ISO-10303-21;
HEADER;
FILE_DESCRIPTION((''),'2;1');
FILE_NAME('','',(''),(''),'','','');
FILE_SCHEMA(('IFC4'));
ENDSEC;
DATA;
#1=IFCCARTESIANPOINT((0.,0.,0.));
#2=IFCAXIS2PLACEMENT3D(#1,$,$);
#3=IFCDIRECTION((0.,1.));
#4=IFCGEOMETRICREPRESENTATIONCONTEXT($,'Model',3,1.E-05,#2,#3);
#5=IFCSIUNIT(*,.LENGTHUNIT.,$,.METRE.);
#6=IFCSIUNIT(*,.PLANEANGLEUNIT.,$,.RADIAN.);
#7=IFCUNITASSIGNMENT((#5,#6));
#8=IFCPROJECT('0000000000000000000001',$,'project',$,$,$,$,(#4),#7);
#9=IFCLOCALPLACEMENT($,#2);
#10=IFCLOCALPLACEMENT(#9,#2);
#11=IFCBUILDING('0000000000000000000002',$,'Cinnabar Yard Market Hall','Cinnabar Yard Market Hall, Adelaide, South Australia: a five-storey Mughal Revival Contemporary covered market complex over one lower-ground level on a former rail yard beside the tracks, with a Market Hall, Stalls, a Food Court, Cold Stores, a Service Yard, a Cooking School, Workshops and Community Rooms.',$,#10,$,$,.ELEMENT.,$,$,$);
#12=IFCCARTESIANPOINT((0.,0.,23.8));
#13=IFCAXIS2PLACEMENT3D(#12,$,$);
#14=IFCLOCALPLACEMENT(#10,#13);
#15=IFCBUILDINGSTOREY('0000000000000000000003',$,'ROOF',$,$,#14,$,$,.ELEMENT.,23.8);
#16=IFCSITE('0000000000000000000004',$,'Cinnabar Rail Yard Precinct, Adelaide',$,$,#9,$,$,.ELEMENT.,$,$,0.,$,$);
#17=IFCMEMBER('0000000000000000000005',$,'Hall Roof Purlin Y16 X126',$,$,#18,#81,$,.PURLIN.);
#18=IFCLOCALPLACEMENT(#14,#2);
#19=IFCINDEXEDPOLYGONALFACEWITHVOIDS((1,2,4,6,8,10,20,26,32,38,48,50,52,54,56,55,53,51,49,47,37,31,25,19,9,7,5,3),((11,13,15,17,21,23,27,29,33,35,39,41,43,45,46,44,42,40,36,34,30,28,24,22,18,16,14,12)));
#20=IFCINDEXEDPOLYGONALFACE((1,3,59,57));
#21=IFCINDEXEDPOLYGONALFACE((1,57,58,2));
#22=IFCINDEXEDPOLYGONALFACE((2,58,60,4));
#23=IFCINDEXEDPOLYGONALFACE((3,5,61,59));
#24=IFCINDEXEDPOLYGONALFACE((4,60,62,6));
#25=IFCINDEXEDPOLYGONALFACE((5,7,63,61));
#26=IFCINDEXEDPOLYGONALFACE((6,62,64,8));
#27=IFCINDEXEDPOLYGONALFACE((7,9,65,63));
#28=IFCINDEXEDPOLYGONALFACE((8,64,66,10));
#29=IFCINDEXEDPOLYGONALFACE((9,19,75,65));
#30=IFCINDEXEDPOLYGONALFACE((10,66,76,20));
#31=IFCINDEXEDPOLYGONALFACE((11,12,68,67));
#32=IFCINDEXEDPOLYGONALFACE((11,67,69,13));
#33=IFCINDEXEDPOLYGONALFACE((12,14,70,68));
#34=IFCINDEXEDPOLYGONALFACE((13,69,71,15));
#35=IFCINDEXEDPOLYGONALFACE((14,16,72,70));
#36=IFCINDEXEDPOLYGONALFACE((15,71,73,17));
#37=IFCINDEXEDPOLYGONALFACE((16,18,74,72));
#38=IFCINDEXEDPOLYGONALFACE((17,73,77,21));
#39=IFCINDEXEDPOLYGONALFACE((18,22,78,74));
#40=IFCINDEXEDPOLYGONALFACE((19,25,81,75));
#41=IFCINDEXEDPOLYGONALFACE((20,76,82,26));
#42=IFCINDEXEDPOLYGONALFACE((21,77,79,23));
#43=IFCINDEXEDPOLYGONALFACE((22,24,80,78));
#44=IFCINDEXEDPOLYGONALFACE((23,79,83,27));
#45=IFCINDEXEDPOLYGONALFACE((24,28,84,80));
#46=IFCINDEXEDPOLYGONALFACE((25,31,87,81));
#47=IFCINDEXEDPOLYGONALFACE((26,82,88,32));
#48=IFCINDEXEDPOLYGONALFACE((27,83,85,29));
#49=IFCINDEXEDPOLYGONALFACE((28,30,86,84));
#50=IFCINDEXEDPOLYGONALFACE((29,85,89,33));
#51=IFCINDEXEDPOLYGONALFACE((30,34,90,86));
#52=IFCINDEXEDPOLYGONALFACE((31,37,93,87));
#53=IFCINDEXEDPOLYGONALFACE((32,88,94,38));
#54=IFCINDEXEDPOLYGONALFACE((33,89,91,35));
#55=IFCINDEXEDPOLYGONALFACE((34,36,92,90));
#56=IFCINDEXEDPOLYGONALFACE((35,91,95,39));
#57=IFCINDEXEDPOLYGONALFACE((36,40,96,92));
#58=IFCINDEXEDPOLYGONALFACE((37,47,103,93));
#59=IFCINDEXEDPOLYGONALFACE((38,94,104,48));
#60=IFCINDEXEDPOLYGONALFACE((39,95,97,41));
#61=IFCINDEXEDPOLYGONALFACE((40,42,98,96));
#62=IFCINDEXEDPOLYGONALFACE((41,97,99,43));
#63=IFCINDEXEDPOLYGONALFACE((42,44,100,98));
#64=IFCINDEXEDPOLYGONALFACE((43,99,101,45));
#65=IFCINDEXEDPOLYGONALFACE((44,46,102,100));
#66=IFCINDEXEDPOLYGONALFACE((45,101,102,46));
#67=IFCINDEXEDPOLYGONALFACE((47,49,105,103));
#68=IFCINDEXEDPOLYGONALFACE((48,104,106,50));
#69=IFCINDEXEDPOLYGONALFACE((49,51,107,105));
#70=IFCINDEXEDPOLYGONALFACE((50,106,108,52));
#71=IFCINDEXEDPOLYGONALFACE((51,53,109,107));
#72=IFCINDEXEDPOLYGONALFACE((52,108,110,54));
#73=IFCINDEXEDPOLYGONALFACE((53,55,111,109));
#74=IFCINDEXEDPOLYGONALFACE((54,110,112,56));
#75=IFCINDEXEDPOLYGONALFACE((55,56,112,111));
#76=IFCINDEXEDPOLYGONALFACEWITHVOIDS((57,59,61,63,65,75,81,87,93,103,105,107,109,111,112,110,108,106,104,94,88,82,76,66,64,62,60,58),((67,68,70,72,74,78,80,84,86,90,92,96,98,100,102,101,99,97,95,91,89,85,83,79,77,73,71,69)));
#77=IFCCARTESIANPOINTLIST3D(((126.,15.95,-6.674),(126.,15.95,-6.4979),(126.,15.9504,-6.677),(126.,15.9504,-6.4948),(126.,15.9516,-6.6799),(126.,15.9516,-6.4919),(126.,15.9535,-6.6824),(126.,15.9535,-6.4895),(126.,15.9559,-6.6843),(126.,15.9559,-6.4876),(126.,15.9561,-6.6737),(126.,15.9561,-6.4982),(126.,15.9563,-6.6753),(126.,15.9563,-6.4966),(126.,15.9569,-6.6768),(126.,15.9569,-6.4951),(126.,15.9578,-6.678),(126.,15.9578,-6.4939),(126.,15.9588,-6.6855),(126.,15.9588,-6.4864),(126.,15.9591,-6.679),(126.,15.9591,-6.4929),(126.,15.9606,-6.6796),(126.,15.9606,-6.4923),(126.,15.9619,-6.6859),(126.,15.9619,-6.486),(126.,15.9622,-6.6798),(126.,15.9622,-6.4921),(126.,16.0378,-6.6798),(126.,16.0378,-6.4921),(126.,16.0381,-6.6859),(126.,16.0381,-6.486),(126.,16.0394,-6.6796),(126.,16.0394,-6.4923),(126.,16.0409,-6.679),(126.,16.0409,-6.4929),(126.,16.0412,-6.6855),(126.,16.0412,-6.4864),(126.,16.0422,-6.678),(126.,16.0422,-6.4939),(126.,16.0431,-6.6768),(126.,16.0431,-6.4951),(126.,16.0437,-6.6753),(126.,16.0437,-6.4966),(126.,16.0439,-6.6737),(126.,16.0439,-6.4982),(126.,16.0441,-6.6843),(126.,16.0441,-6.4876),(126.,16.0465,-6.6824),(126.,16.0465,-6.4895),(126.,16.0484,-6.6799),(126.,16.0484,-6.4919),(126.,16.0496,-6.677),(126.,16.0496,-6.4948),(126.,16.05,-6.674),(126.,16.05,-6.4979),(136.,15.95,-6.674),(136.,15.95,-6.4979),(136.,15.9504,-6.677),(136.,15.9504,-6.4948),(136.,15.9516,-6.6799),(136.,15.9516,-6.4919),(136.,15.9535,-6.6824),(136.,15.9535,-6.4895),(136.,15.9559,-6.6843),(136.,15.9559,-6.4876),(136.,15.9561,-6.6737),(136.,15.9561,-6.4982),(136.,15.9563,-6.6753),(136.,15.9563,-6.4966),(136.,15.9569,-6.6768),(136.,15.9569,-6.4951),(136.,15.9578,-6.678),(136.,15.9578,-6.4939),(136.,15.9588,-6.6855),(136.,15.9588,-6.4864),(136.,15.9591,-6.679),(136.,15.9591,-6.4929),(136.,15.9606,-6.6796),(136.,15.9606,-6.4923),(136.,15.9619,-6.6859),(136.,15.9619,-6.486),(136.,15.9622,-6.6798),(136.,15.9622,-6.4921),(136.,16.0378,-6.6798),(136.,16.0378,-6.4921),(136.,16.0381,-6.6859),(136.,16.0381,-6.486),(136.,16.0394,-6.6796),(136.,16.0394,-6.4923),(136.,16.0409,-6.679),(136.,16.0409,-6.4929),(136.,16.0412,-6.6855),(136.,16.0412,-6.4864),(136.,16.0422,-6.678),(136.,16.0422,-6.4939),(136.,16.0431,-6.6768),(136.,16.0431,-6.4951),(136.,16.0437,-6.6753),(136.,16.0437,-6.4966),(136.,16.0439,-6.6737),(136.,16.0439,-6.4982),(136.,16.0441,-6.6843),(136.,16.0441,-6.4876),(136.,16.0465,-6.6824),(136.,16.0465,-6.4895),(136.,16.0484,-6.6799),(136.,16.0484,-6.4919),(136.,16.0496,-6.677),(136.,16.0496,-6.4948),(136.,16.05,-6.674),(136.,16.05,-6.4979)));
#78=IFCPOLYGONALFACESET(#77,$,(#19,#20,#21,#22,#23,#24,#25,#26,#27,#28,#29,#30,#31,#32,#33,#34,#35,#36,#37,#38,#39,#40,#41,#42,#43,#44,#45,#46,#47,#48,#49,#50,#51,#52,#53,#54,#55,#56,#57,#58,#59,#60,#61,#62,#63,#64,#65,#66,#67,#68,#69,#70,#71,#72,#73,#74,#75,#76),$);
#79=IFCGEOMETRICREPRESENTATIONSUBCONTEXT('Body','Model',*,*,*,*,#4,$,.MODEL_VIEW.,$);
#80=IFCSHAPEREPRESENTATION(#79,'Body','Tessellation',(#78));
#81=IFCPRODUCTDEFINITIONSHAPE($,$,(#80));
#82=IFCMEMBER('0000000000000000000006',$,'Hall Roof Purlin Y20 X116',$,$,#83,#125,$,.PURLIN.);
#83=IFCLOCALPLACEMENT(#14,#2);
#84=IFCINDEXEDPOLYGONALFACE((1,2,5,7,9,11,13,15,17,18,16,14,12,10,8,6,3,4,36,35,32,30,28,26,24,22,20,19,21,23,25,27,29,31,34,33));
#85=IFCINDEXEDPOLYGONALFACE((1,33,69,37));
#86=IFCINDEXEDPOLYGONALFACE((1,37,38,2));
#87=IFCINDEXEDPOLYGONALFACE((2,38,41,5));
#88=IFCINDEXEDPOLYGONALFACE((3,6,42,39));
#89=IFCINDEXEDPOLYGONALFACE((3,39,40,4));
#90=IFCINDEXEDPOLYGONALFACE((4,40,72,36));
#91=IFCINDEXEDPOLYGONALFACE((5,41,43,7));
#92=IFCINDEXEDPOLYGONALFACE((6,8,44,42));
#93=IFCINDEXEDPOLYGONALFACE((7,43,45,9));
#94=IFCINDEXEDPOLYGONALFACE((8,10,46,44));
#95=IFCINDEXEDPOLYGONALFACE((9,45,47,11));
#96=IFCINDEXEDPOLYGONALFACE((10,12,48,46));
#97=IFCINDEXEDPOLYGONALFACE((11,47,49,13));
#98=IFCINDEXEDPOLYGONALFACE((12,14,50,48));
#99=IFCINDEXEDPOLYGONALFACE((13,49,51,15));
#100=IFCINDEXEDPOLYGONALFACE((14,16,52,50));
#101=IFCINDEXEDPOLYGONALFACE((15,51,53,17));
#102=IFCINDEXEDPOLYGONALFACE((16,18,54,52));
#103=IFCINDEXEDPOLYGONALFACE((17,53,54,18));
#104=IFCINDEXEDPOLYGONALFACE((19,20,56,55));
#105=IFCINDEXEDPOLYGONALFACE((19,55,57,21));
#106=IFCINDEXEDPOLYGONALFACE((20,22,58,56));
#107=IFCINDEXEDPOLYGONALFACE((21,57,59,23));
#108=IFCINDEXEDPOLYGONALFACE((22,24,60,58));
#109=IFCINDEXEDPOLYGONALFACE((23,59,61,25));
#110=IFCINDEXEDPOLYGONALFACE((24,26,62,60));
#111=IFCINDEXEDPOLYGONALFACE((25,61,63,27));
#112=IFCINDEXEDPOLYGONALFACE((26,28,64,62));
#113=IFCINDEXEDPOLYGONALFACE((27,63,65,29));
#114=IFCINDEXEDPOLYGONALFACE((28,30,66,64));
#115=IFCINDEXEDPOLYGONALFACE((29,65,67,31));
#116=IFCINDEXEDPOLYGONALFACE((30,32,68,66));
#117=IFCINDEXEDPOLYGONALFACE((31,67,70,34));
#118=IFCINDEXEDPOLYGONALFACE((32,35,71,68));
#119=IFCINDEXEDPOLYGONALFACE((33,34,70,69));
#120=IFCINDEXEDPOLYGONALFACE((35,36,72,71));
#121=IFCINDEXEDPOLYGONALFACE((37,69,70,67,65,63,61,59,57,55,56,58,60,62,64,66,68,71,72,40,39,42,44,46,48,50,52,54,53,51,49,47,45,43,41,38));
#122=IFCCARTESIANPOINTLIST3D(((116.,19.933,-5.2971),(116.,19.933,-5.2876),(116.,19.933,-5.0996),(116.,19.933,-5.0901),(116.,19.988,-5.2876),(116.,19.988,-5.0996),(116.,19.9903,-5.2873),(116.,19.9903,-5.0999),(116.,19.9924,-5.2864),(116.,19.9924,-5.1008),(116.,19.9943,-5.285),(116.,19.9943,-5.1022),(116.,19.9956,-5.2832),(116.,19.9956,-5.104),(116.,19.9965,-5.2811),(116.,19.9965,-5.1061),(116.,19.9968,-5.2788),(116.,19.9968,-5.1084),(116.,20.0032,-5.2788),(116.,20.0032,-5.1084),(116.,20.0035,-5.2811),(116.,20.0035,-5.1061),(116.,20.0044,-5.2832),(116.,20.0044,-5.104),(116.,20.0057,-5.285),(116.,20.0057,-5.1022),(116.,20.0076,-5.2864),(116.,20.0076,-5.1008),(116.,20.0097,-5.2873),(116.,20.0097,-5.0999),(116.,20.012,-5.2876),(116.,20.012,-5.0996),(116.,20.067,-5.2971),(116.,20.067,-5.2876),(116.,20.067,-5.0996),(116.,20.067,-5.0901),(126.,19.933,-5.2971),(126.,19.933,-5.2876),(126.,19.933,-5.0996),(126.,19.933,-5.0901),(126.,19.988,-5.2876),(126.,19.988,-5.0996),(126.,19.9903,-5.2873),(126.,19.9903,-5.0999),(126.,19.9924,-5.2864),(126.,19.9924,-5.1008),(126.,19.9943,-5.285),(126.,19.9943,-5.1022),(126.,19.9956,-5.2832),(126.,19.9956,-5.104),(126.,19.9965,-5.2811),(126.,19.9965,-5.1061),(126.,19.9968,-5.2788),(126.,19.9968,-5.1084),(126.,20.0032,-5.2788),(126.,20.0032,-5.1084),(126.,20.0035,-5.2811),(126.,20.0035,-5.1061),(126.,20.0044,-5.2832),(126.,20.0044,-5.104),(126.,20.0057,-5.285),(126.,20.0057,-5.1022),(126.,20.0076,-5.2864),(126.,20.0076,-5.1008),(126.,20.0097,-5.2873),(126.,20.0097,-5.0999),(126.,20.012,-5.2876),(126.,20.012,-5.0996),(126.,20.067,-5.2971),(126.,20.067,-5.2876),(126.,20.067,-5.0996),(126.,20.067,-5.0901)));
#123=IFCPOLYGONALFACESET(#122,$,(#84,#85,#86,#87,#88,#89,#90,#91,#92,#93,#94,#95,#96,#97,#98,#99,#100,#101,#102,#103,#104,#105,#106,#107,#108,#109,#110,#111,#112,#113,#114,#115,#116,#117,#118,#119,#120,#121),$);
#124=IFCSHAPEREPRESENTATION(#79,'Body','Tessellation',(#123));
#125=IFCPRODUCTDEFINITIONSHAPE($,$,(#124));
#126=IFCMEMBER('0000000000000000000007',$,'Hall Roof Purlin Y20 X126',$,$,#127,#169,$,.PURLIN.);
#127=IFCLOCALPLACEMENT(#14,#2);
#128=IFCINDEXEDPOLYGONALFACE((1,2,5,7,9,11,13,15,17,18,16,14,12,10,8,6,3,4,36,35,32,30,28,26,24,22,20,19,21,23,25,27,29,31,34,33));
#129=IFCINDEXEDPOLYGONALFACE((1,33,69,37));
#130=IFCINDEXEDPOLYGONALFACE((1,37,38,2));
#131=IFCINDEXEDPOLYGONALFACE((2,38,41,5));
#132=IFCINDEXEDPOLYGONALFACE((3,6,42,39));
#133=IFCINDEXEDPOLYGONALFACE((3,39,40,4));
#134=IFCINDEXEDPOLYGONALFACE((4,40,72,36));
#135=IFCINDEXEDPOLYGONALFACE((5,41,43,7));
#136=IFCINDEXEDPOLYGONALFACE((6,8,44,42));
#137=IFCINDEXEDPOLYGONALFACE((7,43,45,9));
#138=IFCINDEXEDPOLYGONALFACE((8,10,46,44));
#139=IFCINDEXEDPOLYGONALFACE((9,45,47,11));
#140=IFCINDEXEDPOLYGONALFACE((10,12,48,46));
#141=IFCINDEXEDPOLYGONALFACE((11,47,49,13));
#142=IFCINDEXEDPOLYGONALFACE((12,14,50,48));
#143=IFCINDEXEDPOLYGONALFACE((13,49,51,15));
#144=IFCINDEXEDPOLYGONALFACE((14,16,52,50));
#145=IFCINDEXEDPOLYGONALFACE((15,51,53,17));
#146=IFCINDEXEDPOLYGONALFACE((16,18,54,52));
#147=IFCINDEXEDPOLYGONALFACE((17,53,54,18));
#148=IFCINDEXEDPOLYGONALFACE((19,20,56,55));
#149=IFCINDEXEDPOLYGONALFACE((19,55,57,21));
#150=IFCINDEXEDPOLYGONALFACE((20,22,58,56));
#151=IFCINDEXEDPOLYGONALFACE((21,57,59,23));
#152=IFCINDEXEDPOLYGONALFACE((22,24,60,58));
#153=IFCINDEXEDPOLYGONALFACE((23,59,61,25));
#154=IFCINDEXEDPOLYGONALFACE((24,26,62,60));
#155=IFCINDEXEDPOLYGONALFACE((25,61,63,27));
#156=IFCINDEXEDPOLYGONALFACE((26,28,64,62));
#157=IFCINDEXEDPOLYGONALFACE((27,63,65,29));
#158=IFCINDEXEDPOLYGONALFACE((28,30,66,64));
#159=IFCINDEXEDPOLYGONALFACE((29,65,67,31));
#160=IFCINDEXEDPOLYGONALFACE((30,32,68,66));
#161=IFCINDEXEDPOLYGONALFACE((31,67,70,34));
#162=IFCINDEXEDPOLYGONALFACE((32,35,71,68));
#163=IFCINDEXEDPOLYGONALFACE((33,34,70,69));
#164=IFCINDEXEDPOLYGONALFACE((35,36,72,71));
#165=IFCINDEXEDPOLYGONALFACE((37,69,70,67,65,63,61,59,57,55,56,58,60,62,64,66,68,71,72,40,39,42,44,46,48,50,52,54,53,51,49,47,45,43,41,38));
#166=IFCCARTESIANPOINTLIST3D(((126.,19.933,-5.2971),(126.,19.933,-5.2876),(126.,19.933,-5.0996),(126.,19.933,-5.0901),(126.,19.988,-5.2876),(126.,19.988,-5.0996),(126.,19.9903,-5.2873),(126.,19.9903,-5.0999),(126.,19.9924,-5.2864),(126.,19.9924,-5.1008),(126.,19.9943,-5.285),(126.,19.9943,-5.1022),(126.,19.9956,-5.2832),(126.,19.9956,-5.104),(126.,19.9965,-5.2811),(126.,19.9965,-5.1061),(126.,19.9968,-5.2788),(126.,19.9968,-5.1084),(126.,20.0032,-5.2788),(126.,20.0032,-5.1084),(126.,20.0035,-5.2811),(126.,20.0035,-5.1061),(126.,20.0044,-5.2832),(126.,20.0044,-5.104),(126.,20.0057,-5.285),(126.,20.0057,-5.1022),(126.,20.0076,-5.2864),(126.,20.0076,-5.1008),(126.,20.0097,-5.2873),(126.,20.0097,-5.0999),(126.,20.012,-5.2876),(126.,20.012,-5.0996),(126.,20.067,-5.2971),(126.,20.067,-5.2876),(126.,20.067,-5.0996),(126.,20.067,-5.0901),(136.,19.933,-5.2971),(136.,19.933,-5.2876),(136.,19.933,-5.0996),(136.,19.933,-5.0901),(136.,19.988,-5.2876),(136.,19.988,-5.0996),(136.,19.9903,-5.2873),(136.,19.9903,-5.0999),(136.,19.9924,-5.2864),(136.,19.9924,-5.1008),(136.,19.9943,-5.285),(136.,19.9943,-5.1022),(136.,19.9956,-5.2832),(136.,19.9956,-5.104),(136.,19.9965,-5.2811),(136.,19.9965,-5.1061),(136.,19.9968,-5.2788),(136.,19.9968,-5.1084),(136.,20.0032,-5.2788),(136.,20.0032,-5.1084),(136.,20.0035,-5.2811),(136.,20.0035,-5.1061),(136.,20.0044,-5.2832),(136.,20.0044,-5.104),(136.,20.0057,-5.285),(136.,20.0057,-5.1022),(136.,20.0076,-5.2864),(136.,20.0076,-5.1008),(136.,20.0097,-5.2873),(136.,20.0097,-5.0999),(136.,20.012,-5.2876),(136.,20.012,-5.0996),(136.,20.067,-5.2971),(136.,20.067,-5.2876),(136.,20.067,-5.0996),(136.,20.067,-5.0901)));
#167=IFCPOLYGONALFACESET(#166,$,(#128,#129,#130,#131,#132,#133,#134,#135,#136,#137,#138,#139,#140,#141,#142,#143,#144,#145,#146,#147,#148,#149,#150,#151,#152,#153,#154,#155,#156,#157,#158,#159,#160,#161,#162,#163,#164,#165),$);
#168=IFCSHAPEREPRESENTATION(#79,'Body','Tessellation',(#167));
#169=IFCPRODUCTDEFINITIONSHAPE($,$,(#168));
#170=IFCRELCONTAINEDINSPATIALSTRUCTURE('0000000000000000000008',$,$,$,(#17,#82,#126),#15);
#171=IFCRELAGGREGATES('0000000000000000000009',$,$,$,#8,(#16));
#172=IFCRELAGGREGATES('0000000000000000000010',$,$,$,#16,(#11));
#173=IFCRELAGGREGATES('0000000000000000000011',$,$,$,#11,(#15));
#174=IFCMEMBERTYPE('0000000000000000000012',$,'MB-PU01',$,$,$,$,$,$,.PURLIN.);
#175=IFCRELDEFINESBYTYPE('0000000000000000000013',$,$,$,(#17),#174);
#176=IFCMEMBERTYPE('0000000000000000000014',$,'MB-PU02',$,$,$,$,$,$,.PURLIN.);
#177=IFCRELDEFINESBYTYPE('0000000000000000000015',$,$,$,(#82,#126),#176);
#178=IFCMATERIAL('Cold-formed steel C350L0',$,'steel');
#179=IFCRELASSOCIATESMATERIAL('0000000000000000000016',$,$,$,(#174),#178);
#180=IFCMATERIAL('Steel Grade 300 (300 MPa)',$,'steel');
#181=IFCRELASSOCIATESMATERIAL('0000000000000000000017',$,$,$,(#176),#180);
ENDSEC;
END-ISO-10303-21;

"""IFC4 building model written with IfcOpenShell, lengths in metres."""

from ifc_helpers import new_model, si_unit, direction, frame, origin, origin_2d_with_axis, place, context, subcontext, project, spatial, hollow_rectangle, i_section, extrude, material, material_profile, profile_set, type_object, element, save


model = new_model("IFC4")

# Units and contexts
model_context = context("Model", 3, precision=1e-05, world=origin(), true_north=direction((0.0, 1.0)))
body_context = subcontext(model_context, "Body", "Model", "MODEL_VIEW")
ifc_project = project(units=[si_unit("LENGTHUNIT", "METRE"), si_unit("PLANEANGLEUNIT", "RADIAN")], contexts=[model_context])

# Site, building, storey
site_placement = place(None, origin())
site = spatial("IfcSite", under=ifc_project, at=site_placement, Name="Cinnabar Rail Yard Precinct, Adelaide", CompositionType="ELEMENT", RefElevation=0.0)
building_placement = place(site_placement, origin())
building = spatial("IfcBuilding", under=site, at=building_placement, Name="Cinnabar Yard Market Hall", Description="Cinnabar Yard Market Hall, Adelaide, South Australia: a five-storey Mughal Revival Contemporary covered market complex over one lower-ground level on a former rail yard beside the tracks, with a Market Hall, Stalls, a Food Court, Cold Stores, a Service Yard, a Cooking School, Workshops and Community Rooms.", CompositionType="ELEMENT")
storey_placement = place(building_placement, frame((0.0, 0.0, 23.8)))
storey = spatial("IfcBuildingStorey", under=building, at=storey_placement, Name="ROOF", CompositionType="ELEMENT", Elevation=23.8)

# Shared definitions
ifc_material_1 = material(Name="Steel Grade 300 (300 MPa)", Category="steel")
ifc_material_2 = material(Name="Cold-formed steel C350L0", Category="steel")

# Members
ifc_material_profile_1 = material_profile(ifc_material_2, hollow_rectangle(XDim=0.1001, YDim=0.2, WallThickness=0.0061, InnerFilletRadius=0.0061, OuterFilletRadius=0.012, at=origin_2d_with_axis()), Name="200x100x6.0RHS")
ifc_profile_set_1 = profile_set([ifc_material_profile_1], Name="Cold-formed steel C350L0")
member_type_1 = type_object("IfcMemberType", Name="MB-PU01", PredefinedType="PURLIN", material=ifc_profile_set_1)
for number, where, z_axis, x_axis, name in (
    (1, (126.0, 16.0, -6.5859), (1.0, 0.0, 0.0), (0.0, 1.0, 0.0), "Hall Roof Purlin Y16 X126"),
):
    element("IfcMember", number, at=place(storey_placement, frame(where, z_axis=z_axis, x_axis=x_axis)), inside=storey, type_object=member_type_1, Name=name, PredefinedType="PURLIN", context=body_context, shape_type="SweptSolid", body=[
        extrude(hollow_rectangle(XDim=0.1001, YDim=0.2, WallThickness=0.0061, InnerFilletRadius=0.0061, OuterFilletRadius=0.012, at=origin_2d_with_axis()), origin(), (0.0, 0.0, 1.0), 10.0),
    ])
ifc_material_profile_2 = material_profile(ifc_material_1, i_section(OverallWidth=0.134, OverallDepth=0.207, WebThickness=0.0063, FlangeThickness=0.0095, FilletRadius=0.0088, at=origin_2d_with_axis()), Name="200UB29.8")
ifc_profile_set_2 = profile_set([ifc_material_profile_2], Name="Steel Grade 300 (300 MPa)")
member_type_2 = type_object("IfcMemberType", Name="MB-PU02", PredefinedType="PURLIN", material=ifc_profile_set_2)
for number, where, z_axis, x_axis, name in (
    (2, (116.0, 20.0, -5.1936), (1.0, 0.0, 0.0), (0.0, 1.0, 0.0), "Hall Roof Purlin Y20 X116"),
    (3, (126.0, 20.0, -5.1936), (1.0, 0.0, 0.0), (0.0, 1.0, 0.0), "Hall Roof Purlin Y20 X126"),
):
    element("IfcMember", number, at=place(storey_placement, frame(where, z_axis=z_axis, x_axis=x_axis)), inside=storey, type_object=member_type_2, Name=name, PredefinedType="PURLIN", context=body_context, shape_type="SweptSolid", body=[
        extrude(i_section(OverallWidth=0.134, OverallDepth=0.207, WebThickness=0.0063, FlangeThickness=0.0095, FilletRadius=0.0088, at=origin_2d_with_axis()), origin(), (0.0, 0.0, 1.0), 10.0),
    ])

save(model, "model.ifc")
